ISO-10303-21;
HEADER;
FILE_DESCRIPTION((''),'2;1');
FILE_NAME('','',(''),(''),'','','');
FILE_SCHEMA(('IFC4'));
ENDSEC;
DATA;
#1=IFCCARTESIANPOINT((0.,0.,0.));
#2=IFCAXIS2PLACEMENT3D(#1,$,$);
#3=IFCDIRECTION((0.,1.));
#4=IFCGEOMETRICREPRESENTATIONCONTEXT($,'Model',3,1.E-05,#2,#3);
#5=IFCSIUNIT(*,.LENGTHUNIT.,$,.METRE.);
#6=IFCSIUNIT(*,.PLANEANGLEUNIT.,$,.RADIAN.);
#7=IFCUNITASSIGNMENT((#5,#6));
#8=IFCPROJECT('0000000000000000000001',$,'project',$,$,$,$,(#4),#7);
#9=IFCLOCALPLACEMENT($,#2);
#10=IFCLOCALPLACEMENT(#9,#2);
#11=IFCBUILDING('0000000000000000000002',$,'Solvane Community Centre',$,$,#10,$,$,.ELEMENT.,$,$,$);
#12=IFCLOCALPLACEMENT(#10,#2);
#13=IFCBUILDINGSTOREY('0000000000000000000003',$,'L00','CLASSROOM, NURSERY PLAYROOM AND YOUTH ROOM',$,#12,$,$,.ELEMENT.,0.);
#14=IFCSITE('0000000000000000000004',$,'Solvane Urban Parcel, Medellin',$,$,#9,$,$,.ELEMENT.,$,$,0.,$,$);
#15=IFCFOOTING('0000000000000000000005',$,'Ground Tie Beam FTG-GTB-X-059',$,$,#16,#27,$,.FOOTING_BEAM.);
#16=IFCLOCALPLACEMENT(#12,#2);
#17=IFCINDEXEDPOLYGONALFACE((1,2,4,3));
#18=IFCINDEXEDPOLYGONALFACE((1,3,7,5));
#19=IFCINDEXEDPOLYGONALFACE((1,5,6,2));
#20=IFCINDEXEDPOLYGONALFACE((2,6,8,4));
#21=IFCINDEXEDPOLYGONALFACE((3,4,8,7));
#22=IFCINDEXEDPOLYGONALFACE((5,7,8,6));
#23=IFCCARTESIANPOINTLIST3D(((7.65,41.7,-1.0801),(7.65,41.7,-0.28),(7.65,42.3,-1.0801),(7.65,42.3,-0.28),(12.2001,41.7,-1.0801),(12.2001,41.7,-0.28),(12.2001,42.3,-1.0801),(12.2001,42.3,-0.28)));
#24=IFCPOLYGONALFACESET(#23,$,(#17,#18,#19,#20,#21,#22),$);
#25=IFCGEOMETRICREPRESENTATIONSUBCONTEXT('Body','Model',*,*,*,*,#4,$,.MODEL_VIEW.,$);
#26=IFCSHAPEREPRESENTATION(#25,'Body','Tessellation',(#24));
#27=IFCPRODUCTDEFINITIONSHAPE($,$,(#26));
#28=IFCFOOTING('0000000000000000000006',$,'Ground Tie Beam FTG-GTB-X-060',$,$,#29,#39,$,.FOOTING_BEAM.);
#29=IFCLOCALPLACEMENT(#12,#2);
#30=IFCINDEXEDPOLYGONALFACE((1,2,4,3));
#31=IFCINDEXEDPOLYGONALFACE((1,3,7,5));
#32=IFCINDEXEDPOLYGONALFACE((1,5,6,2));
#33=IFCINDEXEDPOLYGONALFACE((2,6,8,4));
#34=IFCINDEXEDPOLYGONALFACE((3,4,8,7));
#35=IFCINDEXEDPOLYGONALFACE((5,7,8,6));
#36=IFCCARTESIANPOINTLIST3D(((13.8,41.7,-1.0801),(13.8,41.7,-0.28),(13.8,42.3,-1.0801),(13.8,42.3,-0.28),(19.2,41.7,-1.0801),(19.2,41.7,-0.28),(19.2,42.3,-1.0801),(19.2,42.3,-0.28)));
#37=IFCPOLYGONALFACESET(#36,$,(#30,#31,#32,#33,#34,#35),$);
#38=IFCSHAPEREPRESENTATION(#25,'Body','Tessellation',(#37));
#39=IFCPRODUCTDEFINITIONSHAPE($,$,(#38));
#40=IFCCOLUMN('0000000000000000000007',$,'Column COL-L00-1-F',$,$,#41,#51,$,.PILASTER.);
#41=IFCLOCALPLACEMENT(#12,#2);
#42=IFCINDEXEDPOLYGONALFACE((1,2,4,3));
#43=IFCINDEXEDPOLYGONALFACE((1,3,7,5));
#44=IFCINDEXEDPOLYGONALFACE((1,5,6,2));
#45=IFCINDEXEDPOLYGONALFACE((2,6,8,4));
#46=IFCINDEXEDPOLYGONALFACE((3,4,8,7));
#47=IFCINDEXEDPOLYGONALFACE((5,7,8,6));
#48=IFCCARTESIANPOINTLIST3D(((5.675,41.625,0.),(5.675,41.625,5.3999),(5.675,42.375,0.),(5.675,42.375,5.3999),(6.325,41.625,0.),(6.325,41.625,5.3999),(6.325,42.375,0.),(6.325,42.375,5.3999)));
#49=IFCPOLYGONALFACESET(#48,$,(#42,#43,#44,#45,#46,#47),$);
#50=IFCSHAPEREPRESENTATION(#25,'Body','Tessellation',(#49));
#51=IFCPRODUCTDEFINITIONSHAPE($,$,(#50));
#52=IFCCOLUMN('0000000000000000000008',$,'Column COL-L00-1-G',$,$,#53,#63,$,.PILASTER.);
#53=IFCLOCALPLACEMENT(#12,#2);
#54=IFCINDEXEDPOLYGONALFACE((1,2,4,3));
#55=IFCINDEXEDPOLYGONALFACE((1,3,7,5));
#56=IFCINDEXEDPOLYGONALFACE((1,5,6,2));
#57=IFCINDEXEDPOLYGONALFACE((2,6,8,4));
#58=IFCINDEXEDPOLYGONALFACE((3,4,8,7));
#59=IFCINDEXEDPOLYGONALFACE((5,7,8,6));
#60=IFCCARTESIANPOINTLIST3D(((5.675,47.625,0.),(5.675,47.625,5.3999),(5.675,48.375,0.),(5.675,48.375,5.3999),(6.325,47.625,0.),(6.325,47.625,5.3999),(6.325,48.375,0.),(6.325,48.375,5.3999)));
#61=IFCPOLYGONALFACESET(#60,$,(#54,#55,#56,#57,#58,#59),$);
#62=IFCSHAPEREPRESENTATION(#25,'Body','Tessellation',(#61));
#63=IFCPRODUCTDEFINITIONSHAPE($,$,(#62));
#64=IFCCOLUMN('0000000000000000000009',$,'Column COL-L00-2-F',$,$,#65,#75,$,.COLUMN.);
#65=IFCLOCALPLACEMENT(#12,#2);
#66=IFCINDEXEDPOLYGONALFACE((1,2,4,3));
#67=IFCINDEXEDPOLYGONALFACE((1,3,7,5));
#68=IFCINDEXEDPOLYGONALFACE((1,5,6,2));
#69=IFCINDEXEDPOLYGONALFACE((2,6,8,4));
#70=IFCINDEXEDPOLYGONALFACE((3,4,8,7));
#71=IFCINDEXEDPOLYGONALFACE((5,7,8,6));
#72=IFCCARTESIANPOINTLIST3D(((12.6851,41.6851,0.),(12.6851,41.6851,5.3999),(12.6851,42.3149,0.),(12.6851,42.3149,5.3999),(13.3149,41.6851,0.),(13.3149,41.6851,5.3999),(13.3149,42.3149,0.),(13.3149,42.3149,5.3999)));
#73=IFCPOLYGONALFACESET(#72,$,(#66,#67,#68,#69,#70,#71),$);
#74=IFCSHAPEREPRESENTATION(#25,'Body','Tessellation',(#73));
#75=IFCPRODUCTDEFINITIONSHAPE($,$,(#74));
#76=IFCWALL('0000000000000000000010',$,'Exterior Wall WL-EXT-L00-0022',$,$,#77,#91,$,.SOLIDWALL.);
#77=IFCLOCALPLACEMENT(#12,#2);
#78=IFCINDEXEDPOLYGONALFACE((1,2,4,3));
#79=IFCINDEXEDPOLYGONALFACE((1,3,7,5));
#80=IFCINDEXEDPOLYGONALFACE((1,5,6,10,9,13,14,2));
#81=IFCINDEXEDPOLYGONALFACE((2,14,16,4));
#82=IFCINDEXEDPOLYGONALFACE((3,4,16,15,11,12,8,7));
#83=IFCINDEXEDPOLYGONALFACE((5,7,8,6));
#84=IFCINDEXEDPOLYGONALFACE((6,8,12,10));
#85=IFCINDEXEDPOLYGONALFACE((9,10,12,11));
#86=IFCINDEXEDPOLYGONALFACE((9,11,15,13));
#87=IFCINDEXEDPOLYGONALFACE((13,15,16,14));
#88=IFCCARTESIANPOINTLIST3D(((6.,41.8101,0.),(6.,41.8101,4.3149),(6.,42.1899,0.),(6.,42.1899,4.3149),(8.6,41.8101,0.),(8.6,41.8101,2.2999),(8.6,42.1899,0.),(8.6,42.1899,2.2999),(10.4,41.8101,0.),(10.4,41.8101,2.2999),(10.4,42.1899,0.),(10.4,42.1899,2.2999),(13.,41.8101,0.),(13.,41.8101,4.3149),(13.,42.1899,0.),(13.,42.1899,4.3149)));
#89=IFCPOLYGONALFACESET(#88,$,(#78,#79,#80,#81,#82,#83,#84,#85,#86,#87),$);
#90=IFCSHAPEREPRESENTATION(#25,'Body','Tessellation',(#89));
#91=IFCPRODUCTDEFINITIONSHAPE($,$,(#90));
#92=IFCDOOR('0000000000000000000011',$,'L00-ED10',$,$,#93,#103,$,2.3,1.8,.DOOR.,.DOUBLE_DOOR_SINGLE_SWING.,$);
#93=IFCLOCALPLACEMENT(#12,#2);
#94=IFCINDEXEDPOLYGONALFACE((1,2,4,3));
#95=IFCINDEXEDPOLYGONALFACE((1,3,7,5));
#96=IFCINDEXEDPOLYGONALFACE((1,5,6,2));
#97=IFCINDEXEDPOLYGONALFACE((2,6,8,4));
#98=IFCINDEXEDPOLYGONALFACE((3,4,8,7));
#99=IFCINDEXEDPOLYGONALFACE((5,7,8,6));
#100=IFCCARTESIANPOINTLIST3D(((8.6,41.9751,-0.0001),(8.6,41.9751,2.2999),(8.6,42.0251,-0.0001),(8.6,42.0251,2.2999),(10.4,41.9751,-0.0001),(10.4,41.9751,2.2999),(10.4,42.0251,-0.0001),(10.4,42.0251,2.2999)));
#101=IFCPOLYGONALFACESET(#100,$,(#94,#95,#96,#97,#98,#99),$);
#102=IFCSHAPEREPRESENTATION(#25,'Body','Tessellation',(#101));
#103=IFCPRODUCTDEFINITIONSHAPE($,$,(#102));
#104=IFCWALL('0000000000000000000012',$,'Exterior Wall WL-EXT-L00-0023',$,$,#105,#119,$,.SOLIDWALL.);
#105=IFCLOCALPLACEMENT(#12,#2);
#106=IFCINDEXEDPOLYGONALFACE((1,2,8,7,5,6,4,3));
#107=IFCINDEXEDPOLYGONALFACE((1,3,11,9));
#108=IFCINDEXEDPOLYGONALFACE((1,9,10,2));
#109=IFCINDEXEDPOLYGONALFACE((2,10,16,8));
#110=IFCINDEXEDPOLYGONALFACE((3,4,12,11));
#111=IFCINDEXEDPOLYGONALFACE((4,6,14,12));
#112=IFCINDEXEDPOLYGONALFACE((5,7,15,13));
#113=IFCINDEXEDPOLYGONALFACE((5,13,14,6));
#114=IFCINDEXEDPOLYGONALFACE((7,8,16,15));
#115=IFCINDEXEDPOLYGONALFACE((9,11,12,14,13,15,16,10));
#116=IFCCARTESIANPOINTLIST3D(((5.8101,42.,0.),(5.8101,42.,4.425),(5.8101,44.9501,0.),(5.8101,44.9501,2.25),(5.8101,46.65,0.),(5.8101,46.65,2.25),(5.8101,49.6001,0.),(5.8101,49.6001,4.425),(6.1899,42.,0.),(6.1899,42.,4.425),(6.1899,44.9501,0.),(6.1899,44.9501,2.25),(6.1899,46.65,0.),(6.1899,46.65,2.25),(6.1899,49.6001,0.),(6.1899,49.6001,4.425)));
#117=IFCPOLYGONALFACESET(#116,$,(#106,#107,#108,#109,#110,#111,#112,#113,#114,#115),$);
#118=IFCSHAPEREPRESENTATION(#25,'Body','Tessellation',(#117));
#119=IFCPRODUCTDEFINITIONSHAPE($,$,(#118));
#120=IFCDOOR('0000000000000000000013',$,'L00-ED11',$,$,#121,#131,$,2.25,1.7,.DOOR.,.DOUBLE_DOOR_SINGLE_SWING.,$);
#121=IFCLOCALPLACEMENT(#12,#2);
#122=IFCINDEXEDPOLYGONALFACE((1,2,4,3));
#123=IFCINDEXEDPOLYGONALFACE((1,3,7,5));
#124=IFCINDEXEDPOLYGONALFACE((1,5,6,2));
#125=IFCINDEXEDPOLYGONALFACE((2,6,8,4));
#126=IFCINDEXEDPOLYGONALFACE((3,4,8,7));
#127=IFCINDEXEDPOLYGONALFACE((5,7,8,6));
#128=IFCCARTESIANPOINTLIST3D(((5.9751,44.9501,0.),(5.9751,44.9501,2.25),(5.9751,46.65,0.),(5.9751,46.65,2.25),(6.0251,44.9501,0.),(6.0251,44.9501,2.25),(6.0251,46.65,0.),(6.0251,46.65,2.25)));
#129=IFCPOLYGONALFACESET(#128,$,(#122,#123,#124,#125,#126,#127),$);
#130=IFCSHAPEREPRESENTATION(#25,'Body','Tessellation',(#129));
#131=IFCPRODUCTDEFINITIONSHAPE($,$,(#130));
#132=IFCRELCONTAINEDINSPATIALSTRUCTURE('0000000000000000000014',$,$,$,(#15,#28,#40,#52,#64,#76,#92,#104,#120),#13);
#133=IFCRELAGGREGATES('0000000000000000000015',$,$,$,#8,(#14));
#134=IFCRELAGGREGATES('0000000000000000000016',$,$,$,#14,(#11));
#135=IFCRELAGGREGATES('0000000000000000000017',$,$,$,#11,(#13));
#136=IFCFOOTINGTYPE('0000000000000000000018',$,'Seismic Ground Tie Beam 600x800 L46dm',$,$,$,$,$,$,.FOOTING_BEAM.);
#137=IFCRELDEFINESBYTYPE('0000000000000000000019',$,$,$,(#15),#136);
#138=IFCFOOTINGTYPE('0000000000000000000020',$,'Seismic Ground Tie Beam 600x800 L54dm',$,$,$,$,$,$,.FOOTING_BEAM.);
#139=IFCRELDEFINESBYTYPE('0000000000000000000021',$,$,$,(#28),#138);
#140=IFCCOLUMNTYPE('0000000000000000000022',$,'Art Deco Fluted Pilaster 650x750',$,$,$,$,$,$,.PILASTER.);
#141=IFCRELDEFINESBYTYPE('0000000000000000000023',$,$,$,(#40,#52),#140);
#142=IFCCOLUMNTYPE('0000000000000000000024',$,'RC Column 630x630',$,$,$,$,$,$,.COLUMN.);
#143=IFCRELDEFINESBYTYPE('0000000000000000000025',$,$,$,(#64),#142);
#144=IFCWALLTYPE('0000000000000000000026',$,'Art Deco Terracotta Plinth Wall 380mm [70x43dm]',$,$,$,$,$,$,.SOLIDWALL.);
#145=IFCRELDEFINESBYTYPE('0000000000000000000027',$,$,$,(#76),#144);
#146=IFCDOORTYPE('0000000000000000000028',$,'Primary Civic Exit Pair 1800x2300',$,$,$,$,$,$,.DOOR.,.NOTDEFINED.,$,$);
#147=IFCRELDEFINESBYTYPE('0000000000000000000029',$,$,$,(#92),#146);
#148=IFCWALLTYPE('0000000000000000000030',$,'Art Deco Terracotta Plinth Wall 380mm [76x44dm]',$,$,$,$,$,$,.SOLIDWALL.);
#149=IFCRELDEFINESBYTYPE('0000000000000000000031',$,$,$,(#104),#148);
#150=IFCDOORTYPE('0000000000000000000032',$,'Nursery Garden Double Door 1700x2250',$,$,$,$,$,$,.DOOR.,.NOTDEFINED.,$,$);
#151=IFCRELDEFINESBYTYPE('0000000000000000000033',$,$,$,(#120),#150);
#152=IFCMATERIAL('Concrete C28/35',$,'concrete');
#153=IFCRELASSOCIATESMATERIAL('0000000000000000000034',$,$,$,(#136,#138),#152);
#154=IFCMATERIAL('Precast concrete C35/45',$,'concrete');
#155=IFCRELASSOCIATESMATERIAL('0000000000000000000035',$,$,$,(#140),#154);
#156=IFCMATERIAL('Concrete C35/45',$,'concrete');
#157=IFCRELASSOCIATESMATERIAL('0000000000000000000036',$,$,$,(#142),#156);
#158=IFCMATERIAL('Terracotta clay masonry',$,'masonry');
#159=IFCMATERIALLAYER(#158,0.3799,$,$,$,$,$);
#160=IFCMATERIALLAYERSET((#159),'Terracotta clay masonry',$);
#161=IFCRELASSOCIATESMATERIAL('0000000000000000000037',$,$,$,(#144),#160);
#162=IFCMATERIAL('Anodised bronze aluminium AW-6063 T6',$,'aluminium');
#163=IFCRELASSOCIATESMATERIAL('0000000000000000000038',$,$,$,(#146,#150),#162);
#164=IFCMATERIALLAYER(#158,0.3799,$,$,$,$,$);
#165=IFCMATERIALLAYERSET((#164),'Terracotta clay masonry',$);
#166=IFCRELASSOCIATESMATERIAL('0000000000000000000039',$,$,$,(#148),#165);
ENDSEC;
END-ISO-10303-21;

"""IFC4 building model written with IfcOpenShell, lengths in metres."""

from ifc_helpers import new_model, si_unit, direction, frame, frame_2d, origin, origin_2d, place, context, subcontext, project, spatial, rectangle, extrude, material, layer, layer_set, material_profile, profile_set, type_object, element, fill, save


model = new_model("IFC4")

# Units and contexts
model_context = context("Model", 3, precision=1e-05, world=origin(), true_north=direction((0.0, 1.0)))
body_context = subcontext(model_context, "Body", "Model", "MODEL_VIEW")
ifc_project = project(units=[si_unit("LENGTHUNIT", "METRE"), si_unit("PLANEANGLEUNIT", "RADIAN")], contexts=[model_context])

# Site, building, storey
site_placement = place(None, origin())
site = spatial("IfcSite", under=ifc_project, at=site_placement, Name="Solvane Urban Parcel, Medellin", CompositionType="ELEMENT", RefElevation=0.0)
building_placement = place(site_placement, origin())
building = spatial("IfcBuilding", under=site, at=building_placement, Name="Solvane Community Centre", CompositionType="ELEMENT")
storey_placement = place(building_placement, origin())
storey = spatial("IfcBuildingStorey", under=building, at=storey_placement, Name="L00", Description="CLASSROOM, NURSERY PLAYROOM AND YOUTH ROOM", CompositionType="ELEMENT", Elevation=0.0)

# Shared definitions
ifc_material_1 = material(Name="Concrete C28/35", Category="concrete")

# Footings
footing_type_1 = type_object("IfcFootingType", Name="Seismic Ground Tie Beam 600x800 L46dm", PredefinedType="FOOTING_BEAM", material=ifc_material_1)
footing_1_placement = place(storey_placement, frame((9.925, 42.0, -1.0801), z_axis=(0.0, 0.0, 1.0), x_axis=(1.0, 0.0, 0.0)))
element("IfcFooting", 1, at=footing_1_placement, inside=storey, type_object=footing_type_1, Name="Ground Tie Beam FTG-GTB-X-059", PredefinedType="FOOTING_BEAM", context=body_context, shape_type="SweptSolid", body=[
    extrude(rectangle(XDim=4.55, YDim=0.6001, at=origin_2d()), origin(), (0.0, 0.0, 1.0), 0.8),
])
footing_type_2 = type_object("IfcFootingType", Name="Seismic Ground Tie Beam 600x800 L54dm", PredefinedType="FOOTING_BEAM", material=ifc_material_1)
footing_2_placement = place(storey_placement, frame((16.5, 42.0, -1.0801), z_axis=(0.0, 0.0, 1.0), x_axis=(1.0, 0.0, 0.0)))
element("IfcFooting", 2, at=footing_2_placement, inside=storey, type_object=footing_type_2, Name="Ground Tie Beam FTG-GTB-X-060", PredefinedType="FOOTING_BEAM", context=body_context, shape_type="SweptSolid", body=[
    extrude(rectangle(XDim=5.3999, YDim=0.6001, at=origin_2d()), origin(), (0.0, 0.0, 1.0), 0.8),
])

# Columns
ifc_material_2 = material(Name="Precast concrete C35/45", Category="concrete")
ifc_material_profile_1 = material_profile(ifc_material_2, rectangle(XDim=0.6499, YDim=0.75, at=origin_2d()), Name="RC 650x750")
ifc_profile_set_1 = profile_set([ifc_material_profile_1], Name="Precast concrete C35/45")
column_type_1 = type_object("IfcColumnType", Name="Art Deco Fluted Pilaster 650x750", PredefinedType="PILASTER", material=ifc_profile_set_1)
for number, where, z_axis, x_axis, name in (
    (3, (6.0, 42.0, 0.0), (0.0, 0.0, 1.0), (1.0, 0.0, 0.0), "Column COL-L00-1-F"),
    (4, (6.0, 48.0, 0.0), (0.0, 0.0, 1.0), (1.0, 0.0, 0.0), "Column COL-L00-1-G"),
):
    element("IfcColumn", number, at=place(storey_placement, frame(where, z_axis=z_axis, x_axis=x_axis)), inside=storey, type_object=column_type_1, Name=name, PredefinedType="PILASTER", context=body_context, shape_type="SweptSolid", body=[
        extrude(rectangle(XDim=0.6499, YDim=0.75, at=origin_2d()), origin(), (0.0, 0.0, 1.0), 5.3999),
    ])
ifc_material_3 = material(Name="Concrete C35/45", Category="concrete")
ifc_material_profile_2 = material_profile(ifc_material_3, rectangle(XDim=0.6299, YDim=0.6299, at=origin_2d()), Name="RC 630x630")
ifc_profile_set_2 = profile_set([ifc_material_profile_2], Name="Concrete C35/45")
column_type_2 = type_object("IfcColumnType", Name="RC Column 630x630", PredefinedType="COLUMN", material=ifc_profile_set_2)
column_placement = place(storey_placement, frame((13.0, 42.0, 0.0), z_axis=(0.0, 0.0, 1.0), x_axis=(1.0, 0.0, 0.0)))
element("IfcColumn", 5, at=column_placement, inside=storey, type_object=column_type_2, Name="Column COL-L00-2-F", PredefinedType="COLUMN", context=body_context, shape_type="SweptSolid", body=[
    extrude(rectangle(XDim=0.6299, YDim=0.6299, at=origin_2d()), origin(), (0.0, 0.0, 1.0), 5.3999),
])

# Walls, openings, doors
ifc_material_4 = material(Name="Terracotta clay masonry", Category="masonry")
ifc_layer_1 = layer(ifc_material_4, 0.3799)
ifc_layer_set_1 = layer_set([ifc_layer_1], Name="Terracotta clay masonry")
wall_type_1 = type_object("IfcWallType", Name="Art Deco Terracotta Plinth Wall 380mm [70x43dm]", PredefinedType="SOLIDWALL", material=ifc_layer_set_1)
wall_1_placement = place(storey_placement, frame((13.0, 42.0, 0.0), z_axis=(0.0, 0.0, 1.0), x_axis=(-1.0, 0.0, 0.0)))
wall_1 = element("IfcWall", 6, at=wall_1_placement, inside=storey, type_object=wall_type_1, Name="Exterior Wall WL-EXT-L00-0022", PredefinedType="SOLIDWALL", context=body_context, shape_type="SweptSolid", body=[
    extrude(rectangle(XDim=7.0, YDim=0.3799, at=frame_2d((3.5, 0.0))), origin(), (0.0, 0.0, 1.0), 4.3149),
])
opening_1_placement = place(wall_1_placement, frame((2.6001, 0.0, 0.0)))
opening_1 = element("IfcOpeningElement", 7, at=opening_1_placement, cuts=wall_1, PredefinedType="OPENING", context=body_context, shape_type="SweptSolid", body=[
    extrude(rectangle(XDim=1.8, YDim=2.3, at=frame_2d((0.8999, 1.1499))), frame((0.0, 0.2, 0.0), z_axis=(0.0, -1.0, 0.0), x_axis=(1.0, 0.0, 0.0)), (0.0, 0.0, 1.0), 0.3999),
])
ifc_material_5 = material(Name="Anodised bronze aluminium AW-6063 T6", Category="aluminium")
door_type_1 = type_object("IfcDoorType", Name="Primary Civic Exit Pair 1800x2300", OperationType="NOTDEFINED", PredefinedType="DOOR", material=ifc_material_5)
door_1_placement = place(opening_1_placement, origin())
door_1 = element("IfcDoor", 8, at=door_1_placement, inside=storey, type_object=door_type_1, Name="L00-ED10", OperationType="DOUBLE_DOOR_SINGLE_SWING", OverallHeight=2.3, OverallWidth=1.8, PredefinedType="DOOR", context=body_context, shape_type="SweptSolid", body=[
    extrude(rectangle(XDim=1.8, YDim=2.3, at=frame_2d((0.8999, 1.1499))), frame((0.0, 0.0249, 0.0), z_axis=(0.0, -1.0, 0.0), x_axis=(1.0, 0.0, 0.0)), (0.0, 0.0, 1.0), 0.05),
])
fill(opening_1, door_1)
ifc_layer_2 = layer(ifc_material_4, 0.3799)
ifc_layer_set_2 = layer_set([ifc_layer_2], Name="Terracotta clay masonry")
wall_type_2 = type_object("IfcWallType", Name="Art Deco Terracotta Plinth Wall 380mm [76x44dm]", PredefinedType="SOLIDWALL", material=ifc_layer_set_2)
wall_2_placement = place(storey_placement, frame((6.0, 42.0, 0.0), z_axis=(0.0, 0.0, 1.0), x_axis=(0.0, 1.0, 0.0)))
wall_2 = element("IfcWall", 9, at=wall_2_placement, inside=storey, type_object=wall_type_2, Name="Exterior Wall WL-EXT-L00-0023", PredefinedType="SOLIDWALL", context=body_context, shape_type="SweptSolid", body=[
    extrude(rectangle(XDim=7.6001, YDim=0.3799, at=frame_2d((3.8, 0.0))), origin(), (0.0, 0.0, 1.0), 4.425),
])
opening_2_placement = place(wall_2_placement, frame((2.95, 0.0, 0.0)))
opening_2 = element("IfcOpeningElement", 10, at=opening_2_placement, cuts=wall_2, PredefinedType="OPENING", context=body_context, shape_type="SweptSolid", body=[
    extrude(rectangle(XDim=1.7, YDim=2.25, at=frame_2d((0.8501, 1.125))), frame((0.0, 0.2, 0.0), z_axis=(0.0, -1.0, 0.0), x_axis=(1.0, 0.0, 0.0)), (0.0, 0.0, 1.0), 0.3999),
])
door_type_2 = type_object("IfcDoorType", Name="Nursery Garden Double Door 1700x2250", OperationType="NOTDEFINED", PredefinedType="DOOR", material=ifc_material_5)
door_2_placement = place(opening_2_placement, origin())
door_2 = element("IfcDoor", 11, at=door_2_placement, inside=storey, type_object=door_type_2, Name="L00-ED11", OperationType="DOUBLE_DOOR_SINGLE_SWING", OverallHeight=2.25, OverallWidth=1.7, PredefinedType="DOOR", context=body_context, shape_type="SweptSolid", body=[
    extrude(rectangle(XDim=1.7, YDim=2.25, at=frame_2d((0.8501, 1.125))), frame((0.0, 0.0249, 0.0), z_axis=(0.0, -1.0, 0.0), x_axis=(1.0, 0.0, 0.0)), (0.0, 0.0, 1.0), 0.05),
])
fill(opening_2, door_2)

save(model, "model.ifc")
